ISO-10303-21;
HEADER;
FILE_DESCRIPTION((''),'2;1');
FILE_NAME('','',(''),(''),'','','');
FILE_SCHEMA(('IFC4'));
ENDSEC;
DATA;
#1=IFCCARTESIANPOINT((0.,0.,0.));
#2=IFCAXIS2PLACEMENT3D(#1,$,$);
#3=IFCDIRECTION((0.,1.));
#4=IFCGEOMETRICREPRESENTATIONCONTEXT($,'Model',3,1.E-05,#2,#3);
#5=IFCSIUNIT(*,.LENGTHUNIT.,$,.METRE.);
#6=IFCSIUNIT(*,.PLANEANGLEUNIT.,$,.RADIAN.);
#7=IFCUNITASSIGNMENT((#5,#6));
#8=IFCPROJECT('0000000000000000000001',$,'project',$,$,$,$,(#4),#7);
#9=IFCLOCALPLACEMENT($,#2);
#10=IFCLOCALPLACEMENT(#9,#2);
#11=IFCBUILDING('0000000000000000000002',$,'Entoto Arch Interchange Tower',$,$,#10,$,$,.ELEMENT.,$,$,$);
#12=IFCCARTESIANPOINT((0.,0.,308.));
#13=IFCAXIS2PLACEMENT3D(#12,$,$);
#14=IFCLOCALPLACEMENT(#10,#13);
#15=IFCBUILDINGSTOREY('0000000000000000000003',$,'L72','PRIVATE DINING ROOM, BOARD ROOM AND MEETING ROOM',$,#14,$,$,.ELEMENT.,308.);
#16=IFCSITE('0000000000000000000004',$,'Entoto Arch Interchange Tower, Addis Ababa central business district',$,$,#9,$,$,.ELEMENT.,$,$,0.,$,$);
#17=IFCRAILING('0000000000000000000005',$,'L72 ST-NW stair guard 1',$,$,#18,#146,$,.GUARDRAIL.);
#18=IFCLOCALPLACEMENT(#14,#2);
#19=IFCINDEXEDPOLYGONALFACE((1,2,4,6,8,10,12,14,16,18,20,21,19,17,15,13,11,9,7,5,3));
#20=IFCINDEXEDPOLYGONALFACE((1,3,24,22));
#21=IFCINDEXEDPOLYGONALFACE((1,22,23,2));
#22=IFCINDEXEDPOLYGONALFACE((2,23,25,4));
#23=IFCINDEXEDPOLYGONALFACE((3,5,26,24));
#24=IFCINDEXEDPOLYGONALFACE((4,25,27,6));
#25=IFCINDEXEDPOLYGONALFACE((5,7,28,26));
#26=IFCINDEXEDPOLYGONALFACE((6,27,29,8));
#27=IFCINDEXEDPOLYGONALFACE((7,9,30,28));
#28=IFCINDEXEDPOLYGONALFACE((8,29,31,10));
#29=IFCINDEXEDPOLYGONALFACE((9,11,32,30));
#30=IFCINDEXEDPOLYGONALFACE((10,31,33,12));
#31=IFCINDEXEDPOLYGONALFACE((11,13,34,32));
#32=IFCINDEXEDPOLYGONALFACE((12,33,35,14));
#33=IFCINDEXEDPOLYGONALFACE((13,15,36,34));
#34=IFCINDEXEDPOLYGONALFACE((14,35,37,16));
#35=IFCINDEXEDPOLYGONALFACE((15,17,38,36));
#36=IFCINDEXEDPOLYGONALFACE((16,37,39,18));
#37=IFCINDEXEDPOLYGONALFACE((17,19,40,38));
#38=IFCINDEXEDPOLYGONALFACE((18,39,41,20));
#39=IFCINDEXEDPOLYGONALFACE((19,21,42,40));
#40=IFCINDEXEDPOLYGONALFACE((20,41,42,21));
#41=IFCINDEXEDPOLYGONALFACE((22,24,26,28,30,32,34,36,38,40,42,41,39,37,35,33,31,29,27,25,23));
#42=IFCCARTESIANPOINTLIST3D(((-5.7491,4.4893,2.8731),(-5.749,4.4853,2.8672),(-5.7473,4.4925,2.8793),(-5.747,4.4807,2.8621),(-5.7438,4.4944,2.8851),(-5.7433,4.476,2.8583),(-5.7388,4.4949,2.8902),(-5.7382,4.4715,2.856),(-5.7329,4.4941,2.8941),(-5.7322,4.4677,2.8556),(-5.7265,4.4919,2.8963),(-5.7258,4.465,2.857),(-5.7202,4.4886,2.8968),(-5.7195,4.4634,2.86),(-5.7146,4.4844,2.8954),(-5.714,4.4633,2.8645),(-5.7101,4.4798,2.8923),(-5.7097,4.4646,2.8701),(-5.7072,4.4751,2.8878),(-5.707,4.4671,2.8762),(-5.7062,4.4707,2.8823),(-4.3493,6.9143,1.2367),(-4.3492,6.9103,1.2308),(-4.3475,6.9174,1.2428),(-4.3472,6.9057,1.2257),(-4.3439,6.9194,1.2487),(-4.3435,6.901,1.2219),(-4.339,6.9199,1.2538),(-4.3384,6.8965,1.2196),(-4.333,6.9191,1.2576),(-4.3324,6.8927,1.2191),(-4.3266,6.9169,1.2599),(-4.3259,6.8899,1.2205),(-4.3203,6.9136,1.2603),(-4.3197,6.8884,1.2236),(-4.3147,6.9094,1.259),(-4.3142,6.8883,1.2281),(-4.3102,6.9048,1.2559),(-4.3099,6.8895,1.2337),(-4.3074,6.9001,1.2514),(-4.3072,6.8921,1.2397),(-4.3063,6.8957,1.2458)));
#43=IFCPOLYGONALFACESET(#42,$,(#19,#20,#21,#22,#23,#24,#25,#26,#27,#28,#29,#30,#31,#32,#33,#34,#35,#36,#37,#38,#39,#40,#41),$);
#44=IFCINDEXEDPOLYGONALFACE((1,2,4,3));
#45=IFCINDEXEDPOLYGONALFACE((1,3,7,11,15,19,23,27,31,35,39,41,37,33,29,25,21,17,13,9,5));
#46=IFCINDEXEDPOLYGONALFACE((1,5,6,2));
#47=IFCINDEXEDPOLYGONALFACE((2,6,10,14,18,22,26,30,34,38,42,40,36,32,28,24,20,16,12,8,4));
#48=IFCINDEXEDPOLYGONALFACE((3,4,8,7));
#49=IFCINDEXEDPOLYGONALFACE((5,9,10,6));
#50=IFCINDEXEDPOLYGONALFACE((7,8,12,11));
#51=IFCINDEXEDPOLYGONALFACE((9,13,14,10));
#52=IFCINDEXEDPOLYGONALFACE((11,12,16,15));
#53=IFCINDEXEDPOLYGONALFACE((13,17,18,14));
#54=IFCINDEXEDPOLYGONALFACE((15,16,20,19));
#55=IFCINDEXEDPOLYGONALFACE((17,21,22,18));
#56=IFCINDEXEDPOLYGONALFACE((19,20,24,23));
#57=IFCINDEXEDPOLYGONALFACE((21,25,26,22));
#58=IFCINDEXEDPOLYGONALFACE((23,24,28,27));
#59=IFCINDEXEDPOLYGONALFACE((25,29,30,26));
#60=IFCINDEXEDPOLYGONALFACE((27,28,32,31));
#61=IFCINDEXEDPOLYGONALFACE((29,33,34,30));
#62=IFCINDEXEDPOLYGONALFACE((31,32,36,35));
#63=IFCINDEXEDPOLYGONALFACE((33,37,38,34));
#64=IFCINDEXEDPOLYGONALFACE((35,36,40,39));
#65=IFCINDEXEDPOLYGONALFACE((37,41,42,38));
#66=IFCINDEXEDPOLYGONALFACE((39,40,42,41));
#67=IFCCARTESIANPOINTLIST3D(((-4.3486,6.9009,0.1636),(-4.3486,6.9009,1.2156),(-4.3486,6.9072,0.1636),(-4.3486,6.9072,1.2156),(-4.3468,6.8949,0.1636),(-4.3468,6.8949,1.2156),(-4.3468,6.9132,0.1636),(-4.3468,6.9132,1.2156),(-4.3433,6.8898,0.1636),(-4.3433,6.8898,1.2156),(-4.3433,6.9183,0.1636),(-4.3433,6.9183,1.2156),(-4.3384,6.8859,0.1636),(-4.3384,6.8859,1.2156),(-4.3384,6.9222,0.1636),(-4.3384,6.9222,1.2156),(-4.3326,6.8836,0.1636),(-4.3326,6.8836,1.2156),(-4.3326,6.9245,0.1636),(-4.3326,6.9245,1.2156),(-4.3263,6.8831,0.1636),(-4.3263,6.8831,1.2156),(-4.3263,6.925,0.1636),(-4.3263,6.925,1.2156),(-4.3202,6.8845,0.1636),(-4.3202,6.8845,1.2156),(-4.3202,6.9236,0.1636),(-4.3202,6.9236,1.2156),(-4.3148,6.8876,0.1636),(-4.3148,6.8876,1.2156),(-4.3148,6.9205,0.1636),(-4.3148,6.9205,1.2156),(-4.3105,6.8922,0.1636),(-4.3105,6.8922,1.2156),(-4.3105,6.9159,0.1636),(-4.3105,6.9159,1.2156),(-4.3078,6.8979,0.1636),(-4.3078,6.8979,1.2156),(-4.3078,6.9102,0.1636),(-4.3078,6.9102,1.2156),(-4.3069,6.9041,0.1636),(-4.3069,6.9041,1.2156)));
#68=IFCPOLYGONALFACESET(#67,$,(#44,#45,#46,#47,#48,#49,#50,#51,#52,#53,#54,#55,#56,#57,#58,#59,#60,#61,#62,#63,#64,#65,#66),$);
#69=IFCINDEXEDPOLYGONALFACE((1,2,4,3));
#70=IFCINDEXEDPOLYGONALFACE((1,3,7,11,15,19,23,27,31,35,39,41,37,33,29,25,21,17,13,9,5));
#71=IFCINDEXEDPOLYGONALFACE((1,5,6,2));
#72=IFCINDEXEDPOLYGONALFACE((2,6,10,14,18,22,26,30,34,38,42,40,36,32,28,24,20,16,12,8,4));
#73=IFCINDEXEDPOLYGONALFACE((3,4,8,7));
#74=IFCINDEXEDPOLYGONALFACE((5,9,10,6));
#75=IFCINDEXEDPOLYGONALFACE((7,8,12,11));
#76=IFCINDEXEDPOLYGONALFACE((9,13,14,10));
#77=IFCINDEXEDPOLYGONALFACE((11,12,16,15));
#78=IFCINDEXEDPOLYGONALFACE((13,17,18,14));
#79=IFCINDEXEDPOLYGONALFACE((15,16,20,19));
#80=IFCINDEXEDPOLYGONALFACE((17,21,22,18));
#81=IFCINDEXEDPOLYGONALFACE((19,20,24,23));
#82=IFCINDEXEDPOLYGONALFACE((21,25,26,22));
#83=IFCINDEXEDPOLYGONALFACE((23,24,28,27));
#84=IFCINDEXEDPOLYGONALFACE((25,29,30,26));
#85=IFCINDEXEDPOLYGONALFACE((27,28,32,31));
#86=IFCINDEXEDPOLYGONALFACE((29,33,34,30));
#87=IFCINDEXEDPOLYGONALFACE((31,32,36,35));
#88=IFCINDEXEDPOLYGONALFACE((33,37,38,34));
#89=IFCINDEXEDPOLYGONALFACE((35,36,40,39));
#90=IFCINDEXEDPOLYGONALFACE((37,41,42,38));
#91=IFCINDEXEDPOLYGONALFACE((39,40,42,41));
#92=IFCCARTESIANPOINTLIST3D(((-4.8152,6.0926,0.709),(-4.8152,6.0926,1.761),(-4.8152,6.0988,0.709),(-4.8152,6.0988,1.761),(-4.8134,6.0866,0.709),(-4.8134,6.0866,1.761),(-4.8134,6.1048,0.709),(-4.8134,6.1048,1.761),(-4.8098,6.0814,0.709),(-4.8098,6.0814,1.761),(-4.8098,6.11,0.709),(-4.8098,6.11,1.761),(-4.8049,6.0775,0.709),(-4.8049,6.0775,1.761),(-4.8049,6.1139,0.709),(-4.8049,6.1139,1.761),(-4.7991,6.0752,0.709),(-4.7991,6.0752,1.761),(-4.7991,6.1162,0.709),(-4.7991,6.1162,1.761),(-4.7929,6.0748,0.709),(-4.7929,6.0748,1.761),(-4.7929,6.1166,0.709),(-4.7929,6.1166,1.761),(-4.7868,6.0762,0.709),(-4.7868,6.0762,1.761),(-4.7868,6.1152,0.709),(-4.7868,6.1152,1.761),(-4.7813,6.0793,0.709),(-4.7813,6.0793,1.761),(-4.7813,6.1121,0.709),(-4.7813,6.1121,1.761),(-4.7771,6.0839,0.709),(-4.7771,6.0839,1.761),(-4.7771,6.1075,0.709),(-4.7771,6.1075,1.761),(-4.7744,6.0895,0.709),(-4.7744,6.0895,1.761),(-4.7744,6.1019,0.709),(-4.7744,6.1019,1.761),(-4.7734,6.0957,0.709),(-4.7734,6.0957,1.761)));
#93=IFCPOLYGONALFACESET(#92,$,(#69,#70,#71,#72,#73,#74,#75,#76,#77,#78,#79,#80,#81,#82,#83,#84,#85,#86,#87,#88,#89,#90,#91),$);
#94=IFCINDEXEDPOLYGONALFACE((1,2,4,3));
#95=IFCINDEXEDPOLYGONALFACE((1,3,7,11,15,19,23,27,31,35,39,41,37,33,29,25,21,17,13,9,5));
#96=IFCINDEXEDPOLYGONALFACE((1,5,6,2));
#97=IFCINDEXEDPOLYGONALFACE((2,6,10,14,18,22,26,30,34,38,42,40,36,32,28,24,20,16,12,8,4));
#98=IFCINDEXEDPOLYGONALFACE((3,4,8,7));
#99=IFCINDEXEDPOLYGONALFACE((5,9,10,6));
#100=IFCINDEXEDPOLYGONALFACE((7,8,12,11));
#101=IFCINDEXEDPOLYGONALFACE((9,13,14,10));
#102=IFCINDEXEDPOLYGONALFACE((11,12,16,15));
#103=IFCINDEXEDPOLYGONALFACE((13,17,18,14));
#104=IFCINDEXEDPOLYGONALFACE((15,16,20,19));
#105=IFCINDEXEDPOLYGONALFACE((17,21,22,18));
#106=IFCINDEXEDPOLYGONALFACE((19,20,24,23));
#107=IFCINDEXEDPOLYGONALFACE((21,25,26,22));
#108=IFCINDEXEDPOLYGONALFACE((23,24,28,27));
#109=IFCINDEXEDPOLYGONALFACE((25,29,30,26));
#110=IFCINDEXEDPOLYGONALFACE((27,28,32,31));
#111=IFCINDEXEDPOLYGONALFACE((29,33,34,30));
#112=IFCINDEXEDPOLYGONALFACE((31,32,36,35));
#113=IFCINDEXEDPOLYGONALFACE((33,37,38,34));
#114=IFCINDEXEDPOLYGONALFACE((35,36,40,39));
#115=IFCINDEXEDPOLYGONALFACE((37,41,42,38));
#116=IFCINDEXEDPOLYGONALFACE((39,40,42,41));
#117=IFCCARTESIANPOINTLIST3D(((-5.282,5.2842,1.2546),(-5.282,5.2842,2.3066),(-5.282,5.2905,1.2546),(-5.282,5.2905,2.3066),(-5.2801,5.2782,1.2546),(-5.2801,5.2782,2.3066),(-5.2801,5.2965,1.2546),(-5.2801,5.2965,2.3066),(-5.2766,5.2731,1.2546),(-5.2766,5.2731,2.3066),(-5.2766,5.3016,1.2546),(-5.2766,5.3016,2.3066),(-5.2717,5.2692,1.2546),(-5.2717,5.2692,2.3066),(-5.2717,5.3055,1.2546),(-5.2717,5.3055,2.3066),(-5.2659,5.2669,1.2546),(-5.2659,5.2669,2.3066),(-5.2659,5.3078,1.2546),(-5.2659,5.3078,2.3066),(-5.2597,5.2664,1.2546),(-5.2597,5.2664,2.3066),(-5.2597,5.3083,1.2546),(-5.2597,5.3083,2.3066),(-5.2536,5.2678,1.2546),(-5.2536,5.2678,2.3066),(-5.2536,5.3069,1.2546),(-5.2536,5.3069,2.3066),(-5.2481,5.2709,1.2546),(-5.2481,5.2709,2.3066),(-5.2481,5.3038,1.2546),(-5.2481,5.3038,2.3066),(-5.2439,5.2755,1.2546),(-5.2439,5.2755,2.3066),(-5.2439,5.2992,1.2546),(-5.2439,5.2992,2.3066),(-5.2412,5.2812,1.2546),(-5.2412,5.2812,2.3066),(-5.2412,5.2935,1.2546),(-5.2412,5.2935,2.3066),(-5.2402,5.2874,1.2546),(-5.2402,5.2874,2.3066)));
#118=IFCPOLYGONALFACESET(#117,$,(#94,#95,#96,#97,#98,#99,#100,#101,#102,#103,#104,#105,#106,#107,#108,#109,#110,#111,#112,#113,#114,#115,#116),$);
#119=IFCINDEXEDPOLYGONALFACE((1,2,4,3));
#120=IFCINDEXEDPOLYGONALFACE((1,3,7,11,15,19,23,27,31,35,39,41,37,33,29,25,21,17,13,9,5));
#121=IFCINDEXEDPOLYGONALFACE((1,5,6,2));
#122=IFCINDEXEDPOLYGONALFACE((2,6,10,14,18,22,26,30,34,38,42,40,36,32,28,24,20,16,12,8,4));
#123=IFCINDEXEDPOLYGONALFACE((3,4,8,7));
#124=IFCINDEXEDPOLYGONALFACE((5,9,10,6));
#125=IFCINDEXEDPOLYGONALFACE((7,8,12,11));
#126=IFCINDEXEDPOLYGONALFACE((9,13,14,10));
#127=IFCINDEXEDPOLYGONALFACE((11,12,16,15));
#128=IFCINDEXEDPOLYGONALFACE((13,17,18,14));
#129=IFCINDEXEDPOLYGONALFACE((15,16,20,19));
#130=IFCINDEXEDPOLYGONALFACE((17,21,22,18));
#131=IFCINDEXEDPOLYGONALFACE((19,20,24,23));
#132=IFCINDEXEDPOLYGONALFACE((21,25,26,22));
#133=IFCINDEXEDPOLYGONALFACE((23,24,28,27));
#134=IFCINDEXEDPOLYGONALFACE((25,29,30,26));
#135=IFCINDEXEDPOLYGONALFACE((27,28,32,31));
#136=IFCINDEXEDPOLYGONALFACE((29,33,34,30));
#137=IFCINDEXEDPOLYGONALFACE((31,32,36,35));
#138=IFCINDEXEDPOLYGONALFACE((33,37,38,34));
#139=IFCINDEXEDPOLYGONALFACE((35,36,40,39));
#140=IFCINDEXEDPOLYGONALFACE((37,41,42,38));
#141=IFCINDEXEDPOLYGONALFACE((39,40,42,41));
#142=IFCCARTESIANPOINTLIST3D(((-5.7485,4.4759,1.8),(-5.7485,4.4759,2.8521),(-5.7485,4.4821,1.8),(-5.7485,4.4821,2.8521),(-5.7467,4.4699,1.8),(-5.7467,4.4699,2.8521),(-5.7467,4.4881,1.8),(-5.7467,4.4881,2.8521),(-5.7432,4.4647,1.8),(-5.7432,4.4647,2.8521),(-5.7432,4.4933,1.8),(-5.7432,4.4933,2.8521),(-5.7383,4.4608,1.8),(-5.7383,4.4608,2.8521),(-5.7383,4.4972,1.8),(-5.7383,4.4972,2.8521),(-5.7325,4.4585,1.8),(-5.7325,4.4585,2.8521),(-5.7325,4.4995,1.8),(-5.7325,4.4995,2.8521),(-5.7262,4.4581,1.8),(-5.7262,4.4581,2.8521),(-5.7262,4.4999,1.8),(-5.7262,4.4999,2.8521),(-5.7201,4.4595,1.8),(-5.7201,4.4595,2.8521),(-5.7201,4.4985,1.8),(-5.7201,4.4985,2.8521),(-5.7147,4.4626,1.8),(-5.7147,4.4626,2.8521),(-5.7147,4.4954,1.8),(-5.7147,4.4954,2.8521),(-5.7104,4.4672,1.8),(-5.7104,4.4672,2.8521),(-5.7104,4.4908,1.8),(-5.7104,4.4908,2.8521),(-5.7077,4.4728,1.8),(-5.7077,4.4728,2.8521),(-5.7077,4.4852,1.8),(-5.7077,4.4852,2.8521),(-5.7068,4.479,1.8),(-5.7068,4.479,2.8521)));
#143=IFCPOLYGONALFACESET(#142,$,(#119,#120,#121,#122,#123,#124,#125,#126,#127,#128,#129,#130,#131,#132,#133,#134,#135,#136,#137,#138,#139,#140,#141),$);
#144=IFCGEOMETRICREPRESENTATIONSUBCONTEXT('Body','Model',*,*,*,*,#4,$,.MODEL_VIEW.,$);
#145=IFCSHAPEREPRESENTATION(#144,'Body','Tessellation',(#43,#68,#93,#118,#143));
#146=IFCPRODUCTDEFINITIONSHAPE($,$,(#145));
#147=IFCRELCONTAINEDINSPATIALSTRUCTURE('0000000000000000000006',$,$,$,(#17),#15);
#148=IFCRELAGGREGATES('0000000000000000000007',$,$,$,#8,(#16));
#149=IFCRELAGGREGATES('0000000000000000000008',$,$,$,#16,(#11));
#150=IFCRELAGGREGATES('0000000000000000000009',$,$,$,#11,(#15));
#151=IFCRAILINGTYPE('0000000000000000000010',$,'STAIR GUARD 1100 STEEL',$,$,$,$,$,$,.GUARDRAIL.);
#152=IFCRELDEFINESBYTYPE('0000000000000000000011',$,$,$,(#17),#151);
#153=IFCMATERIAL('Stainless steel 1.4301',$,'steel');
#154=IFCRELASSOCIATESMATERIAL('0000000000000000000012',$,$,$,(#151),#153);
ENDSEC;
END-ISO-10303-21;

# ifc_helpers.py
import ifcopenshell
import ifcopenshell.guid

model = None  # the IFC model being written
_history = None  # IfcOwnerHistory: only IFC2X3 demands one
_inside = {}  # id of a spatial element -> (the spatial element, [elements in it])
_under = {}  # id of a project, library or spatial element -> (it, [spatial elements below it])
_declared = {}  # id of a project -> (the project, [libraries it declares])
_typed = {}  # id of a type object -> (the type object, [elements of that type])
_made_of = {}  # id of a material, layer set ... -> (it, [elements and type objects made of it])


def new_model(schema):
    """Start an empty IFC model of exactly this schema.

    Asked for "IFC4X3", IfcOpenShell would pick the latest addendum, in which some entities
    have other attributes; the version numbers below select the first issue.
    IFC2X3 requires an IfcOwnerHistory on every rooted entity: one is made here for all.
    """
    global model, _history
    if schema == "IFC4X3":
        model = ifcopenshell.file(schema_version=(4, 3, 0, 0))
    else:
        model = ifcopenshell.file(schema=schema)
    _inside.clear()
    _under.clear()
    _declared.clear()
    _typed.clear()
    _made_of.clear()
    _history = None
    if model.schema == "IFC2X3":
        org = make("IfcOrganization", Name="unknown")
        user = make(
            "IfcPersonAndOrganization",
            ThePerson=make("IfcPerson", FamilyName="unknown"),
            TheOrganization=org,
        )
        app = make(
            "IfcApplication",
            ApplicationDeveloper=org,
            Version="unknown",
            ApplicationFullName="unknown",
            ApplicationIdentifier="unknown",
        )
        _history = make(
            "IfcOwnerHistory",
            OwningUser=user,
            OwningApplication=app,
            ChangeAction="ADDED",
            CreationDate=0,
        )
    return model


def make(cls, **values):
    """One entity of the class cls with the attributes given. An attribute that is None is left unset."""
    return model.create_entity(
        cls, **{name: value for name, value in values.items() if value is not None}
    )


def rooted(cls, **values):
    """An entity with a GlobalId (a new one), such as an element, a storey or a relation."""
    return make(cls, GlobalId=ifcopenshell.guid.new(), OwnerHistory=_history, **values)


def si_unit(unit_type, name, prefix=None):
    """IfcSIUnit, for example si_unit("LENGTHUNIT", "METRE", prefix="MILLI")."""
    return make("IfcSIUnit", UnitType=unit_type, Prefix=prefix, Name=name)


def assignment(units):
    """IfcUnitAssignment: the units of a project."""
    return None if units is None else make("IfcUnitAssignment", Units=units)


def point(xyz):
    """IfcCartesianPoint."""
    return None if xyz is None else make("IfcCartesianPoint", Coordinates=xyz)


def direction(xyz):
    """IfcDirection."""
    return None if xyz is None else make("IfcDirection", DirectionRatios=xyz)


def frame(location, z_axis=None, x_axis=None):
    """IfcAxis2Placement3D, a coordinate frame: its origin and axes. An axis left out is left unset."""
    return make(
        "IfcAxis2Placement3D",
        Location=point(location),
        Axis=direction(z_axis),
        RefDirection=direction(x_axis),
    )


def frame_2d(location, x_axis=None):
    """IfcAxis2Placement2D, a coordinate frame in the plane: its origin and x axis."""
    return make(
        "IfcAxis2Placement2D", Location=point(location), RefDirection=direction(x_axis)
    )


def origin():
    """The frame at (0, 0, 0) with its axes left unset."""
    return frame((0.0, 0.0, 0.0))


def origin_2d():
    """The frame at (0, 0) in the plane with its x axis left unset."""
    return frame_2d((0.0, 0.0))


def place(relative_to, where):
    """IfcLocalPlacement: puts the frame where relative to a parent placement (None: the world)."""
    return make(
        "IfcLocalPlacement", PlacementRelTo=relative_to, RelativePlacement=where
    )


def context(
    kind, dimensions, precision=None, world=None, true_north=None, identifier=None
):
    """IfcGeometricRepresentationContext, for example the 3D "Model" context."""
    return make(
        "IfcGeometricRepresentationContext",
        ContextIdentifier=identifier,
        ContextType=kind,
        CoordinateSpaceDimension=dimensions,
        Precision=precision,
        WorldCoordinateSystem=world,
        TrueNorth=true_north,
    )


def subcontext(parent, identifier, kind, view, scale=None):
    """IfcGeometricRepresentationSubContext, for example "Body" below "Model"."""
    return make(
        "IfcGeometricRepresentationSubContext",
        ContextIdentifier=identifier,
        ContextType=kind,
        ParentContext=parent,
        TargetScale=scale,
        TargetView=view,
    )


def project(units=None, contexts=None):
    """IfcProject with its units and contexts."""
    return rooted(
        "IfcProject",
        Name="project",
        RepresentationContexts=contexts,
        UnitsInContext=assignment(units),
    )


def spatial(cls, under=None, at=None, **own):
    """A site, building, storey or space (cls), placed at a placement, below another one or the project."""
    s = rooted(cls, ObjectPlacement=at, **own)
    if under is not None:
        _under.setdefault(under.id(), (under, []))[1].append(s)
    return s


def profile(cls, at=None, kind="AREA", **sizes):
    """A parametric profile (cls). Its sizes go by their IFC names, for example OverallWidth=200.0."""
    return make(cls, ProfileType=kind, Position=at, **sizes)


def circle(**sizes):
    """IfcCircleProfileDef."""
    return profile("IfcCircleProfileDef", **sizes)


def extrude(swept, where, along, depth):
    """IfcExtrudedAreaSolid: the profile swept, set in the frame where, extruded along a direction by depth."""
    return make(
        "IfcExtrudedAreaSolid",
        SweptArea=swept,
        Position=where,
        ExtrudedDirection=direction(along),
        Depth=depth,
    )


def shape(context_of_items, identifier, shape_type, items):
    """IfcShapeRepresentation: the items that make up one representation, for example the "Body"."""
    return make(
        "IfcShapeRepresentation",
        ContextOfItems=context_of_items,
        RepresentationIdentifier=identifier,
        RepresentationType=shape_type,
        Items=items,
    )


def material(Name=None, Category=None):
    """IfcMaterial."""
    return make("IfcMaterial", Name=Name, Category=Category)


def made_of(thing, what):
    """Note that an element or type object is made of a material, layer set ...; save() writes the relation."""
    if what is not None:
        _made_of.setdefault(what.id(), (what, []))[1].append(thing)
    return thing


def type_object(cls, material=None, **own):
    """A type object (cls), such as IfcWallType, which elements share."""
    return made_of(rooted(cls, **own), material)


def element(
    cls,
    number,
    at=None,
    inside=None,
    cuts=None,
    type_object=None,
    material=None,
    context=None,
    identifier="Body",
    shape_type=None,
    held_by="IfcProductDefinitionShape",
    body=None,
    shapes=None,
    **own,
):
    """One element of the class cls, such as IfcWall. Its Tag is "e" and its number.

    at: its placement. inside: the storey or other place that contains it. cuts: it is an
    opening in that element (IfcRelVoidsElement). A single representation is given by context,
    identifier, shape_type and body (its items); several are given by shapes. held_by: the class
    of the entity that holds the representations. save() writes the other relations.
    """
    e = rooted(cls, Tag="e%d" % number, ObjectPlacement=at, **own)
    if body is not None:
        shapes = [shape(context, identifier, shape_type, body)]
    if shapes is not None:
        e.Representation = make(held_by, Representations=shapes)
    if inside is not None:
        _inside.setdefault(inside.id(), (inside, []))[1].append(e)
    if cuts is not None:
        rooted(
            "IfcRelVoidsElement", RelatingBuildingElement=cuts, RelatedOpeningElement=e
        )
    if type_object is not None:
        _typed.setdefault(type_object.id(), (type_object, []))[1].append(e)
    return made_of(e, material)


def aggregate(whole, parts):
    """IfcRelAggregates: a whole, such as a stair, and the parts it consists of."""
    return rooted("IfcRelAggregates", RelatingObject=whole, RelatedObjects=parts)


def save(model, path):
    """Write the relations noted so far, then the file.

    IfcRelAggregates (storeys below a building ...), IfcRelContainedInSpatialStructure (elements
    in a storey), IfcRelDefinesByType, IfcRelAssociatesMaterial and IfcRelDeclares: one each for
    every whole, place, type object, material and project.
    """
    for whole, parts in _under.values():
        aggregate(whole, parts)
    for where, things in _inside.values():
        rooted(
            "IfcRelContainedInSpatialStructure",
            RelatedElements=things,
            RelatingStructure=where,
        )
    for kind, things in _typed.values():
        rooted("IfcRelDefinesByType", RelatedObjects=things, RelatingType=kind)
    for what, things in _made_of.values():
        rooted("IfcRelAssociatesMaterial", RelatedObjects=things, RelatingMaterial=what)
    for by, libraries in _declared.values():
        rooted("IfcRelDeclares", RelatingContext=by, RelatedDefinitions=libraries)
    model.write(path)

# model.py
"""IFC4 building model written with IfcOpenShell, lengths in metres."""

from ifc_helpers import new_model, si_unit, direction, frame, origin, origin_2d, place, context, subcontext, project, spatial, circle, extrude, material, type_object, element, save


model = new_model("IFC4")

# Units and contexts
model_context = context("Model", 3, precision=1e-05, world=origin(), true_north=direction((0.0, 1.0)))
body_context = subcontext(model_context, "Body", "Model", "MODEL_VIEW")
ifc_project = project(units=[si_unit("LENGTHUNIT", "METRE"), si_unit("PLANEANGLEUNIT", "RADIAN")], contexts=[model_context])

# Site, building, storey
site_placement = place(None, origin())
site = spatial("IfcSite", under=ifc_project, at=site_placement, Name="Entoto Arch Interchange Tower, Addis Ababa central business district", CompositionType="ELEMENT", RefElevation=0.0)
building_placement = place(site_placement, origin())
building = spatial("IfcBuilding", under=site, at=building_placement, Name="Entoto Arch Interchange Tower", CompositionType="ELEMENT")
storey_placement = place(building_placement, frame((0.0, 0.0, 308.0)))
storey = spatial("IfcBuildingStorey", under=building, at=storey_placement, Name="L72", Description="PRIVATE DINING ROOM, BOARD ROOM AND MEETING ROOM", CompositionType="ELEMENT", Elevation=308.0)

# Railing
ifc_material_1 = material(Name="Stainless steel 1.4301", Category="steel")
railing_type_1 = type_object("IfcRailingType", Name="STAIR GUARD 1100 STEEL", PredefinedType="GUARDRAIL", material=ifc_material_1)
railing_1_placement = place(storey_placement, frame((-4.3279, 6.9041, 0.1636)))
element("IfcRailing", 1, at=railing_1_placement, inside=storey, type_object=railing_type_1, Name="L72 ST-NW stair guard 1", PredefinedType="GUARDRAIL", context=body_context, shape_type="SweptSolid", body=[
    extrude(circle(Radius=0.0239, at=origin_2d()), frame((0.0, 0.0, 1.0762), z_axis=(-0.431636, -0.747723, 0.504579), x_axis=(0.866056, -0.499946, 0.0)), (0.0, 0.0, 1.0), 3.2432),
    extrude(circle(Radius=0.021, at=origin_2d()), origin(), (0.0, 0.0, 1.0), 1.052),
    extrude(circle(Radius=0.021, at=origin_2d()), frame((-0.4666, -0.8083, 0.5454)), (0.0, 0.0, 1.0), 1.052),
    extrude(circle(Radius=0.021, at=origin_2d()), frame((-0.9333, -1.6167, 1.0911)), (0.0, 0.0, 1.0), 1.052),
    extrude(circle(Radius=0.021, at=origin_2d()), frame((-1.3999, -2.425, 1.6365)), (0.0, 0.0, 1.0), 1.052),
])

save(model, "model.ifc")
